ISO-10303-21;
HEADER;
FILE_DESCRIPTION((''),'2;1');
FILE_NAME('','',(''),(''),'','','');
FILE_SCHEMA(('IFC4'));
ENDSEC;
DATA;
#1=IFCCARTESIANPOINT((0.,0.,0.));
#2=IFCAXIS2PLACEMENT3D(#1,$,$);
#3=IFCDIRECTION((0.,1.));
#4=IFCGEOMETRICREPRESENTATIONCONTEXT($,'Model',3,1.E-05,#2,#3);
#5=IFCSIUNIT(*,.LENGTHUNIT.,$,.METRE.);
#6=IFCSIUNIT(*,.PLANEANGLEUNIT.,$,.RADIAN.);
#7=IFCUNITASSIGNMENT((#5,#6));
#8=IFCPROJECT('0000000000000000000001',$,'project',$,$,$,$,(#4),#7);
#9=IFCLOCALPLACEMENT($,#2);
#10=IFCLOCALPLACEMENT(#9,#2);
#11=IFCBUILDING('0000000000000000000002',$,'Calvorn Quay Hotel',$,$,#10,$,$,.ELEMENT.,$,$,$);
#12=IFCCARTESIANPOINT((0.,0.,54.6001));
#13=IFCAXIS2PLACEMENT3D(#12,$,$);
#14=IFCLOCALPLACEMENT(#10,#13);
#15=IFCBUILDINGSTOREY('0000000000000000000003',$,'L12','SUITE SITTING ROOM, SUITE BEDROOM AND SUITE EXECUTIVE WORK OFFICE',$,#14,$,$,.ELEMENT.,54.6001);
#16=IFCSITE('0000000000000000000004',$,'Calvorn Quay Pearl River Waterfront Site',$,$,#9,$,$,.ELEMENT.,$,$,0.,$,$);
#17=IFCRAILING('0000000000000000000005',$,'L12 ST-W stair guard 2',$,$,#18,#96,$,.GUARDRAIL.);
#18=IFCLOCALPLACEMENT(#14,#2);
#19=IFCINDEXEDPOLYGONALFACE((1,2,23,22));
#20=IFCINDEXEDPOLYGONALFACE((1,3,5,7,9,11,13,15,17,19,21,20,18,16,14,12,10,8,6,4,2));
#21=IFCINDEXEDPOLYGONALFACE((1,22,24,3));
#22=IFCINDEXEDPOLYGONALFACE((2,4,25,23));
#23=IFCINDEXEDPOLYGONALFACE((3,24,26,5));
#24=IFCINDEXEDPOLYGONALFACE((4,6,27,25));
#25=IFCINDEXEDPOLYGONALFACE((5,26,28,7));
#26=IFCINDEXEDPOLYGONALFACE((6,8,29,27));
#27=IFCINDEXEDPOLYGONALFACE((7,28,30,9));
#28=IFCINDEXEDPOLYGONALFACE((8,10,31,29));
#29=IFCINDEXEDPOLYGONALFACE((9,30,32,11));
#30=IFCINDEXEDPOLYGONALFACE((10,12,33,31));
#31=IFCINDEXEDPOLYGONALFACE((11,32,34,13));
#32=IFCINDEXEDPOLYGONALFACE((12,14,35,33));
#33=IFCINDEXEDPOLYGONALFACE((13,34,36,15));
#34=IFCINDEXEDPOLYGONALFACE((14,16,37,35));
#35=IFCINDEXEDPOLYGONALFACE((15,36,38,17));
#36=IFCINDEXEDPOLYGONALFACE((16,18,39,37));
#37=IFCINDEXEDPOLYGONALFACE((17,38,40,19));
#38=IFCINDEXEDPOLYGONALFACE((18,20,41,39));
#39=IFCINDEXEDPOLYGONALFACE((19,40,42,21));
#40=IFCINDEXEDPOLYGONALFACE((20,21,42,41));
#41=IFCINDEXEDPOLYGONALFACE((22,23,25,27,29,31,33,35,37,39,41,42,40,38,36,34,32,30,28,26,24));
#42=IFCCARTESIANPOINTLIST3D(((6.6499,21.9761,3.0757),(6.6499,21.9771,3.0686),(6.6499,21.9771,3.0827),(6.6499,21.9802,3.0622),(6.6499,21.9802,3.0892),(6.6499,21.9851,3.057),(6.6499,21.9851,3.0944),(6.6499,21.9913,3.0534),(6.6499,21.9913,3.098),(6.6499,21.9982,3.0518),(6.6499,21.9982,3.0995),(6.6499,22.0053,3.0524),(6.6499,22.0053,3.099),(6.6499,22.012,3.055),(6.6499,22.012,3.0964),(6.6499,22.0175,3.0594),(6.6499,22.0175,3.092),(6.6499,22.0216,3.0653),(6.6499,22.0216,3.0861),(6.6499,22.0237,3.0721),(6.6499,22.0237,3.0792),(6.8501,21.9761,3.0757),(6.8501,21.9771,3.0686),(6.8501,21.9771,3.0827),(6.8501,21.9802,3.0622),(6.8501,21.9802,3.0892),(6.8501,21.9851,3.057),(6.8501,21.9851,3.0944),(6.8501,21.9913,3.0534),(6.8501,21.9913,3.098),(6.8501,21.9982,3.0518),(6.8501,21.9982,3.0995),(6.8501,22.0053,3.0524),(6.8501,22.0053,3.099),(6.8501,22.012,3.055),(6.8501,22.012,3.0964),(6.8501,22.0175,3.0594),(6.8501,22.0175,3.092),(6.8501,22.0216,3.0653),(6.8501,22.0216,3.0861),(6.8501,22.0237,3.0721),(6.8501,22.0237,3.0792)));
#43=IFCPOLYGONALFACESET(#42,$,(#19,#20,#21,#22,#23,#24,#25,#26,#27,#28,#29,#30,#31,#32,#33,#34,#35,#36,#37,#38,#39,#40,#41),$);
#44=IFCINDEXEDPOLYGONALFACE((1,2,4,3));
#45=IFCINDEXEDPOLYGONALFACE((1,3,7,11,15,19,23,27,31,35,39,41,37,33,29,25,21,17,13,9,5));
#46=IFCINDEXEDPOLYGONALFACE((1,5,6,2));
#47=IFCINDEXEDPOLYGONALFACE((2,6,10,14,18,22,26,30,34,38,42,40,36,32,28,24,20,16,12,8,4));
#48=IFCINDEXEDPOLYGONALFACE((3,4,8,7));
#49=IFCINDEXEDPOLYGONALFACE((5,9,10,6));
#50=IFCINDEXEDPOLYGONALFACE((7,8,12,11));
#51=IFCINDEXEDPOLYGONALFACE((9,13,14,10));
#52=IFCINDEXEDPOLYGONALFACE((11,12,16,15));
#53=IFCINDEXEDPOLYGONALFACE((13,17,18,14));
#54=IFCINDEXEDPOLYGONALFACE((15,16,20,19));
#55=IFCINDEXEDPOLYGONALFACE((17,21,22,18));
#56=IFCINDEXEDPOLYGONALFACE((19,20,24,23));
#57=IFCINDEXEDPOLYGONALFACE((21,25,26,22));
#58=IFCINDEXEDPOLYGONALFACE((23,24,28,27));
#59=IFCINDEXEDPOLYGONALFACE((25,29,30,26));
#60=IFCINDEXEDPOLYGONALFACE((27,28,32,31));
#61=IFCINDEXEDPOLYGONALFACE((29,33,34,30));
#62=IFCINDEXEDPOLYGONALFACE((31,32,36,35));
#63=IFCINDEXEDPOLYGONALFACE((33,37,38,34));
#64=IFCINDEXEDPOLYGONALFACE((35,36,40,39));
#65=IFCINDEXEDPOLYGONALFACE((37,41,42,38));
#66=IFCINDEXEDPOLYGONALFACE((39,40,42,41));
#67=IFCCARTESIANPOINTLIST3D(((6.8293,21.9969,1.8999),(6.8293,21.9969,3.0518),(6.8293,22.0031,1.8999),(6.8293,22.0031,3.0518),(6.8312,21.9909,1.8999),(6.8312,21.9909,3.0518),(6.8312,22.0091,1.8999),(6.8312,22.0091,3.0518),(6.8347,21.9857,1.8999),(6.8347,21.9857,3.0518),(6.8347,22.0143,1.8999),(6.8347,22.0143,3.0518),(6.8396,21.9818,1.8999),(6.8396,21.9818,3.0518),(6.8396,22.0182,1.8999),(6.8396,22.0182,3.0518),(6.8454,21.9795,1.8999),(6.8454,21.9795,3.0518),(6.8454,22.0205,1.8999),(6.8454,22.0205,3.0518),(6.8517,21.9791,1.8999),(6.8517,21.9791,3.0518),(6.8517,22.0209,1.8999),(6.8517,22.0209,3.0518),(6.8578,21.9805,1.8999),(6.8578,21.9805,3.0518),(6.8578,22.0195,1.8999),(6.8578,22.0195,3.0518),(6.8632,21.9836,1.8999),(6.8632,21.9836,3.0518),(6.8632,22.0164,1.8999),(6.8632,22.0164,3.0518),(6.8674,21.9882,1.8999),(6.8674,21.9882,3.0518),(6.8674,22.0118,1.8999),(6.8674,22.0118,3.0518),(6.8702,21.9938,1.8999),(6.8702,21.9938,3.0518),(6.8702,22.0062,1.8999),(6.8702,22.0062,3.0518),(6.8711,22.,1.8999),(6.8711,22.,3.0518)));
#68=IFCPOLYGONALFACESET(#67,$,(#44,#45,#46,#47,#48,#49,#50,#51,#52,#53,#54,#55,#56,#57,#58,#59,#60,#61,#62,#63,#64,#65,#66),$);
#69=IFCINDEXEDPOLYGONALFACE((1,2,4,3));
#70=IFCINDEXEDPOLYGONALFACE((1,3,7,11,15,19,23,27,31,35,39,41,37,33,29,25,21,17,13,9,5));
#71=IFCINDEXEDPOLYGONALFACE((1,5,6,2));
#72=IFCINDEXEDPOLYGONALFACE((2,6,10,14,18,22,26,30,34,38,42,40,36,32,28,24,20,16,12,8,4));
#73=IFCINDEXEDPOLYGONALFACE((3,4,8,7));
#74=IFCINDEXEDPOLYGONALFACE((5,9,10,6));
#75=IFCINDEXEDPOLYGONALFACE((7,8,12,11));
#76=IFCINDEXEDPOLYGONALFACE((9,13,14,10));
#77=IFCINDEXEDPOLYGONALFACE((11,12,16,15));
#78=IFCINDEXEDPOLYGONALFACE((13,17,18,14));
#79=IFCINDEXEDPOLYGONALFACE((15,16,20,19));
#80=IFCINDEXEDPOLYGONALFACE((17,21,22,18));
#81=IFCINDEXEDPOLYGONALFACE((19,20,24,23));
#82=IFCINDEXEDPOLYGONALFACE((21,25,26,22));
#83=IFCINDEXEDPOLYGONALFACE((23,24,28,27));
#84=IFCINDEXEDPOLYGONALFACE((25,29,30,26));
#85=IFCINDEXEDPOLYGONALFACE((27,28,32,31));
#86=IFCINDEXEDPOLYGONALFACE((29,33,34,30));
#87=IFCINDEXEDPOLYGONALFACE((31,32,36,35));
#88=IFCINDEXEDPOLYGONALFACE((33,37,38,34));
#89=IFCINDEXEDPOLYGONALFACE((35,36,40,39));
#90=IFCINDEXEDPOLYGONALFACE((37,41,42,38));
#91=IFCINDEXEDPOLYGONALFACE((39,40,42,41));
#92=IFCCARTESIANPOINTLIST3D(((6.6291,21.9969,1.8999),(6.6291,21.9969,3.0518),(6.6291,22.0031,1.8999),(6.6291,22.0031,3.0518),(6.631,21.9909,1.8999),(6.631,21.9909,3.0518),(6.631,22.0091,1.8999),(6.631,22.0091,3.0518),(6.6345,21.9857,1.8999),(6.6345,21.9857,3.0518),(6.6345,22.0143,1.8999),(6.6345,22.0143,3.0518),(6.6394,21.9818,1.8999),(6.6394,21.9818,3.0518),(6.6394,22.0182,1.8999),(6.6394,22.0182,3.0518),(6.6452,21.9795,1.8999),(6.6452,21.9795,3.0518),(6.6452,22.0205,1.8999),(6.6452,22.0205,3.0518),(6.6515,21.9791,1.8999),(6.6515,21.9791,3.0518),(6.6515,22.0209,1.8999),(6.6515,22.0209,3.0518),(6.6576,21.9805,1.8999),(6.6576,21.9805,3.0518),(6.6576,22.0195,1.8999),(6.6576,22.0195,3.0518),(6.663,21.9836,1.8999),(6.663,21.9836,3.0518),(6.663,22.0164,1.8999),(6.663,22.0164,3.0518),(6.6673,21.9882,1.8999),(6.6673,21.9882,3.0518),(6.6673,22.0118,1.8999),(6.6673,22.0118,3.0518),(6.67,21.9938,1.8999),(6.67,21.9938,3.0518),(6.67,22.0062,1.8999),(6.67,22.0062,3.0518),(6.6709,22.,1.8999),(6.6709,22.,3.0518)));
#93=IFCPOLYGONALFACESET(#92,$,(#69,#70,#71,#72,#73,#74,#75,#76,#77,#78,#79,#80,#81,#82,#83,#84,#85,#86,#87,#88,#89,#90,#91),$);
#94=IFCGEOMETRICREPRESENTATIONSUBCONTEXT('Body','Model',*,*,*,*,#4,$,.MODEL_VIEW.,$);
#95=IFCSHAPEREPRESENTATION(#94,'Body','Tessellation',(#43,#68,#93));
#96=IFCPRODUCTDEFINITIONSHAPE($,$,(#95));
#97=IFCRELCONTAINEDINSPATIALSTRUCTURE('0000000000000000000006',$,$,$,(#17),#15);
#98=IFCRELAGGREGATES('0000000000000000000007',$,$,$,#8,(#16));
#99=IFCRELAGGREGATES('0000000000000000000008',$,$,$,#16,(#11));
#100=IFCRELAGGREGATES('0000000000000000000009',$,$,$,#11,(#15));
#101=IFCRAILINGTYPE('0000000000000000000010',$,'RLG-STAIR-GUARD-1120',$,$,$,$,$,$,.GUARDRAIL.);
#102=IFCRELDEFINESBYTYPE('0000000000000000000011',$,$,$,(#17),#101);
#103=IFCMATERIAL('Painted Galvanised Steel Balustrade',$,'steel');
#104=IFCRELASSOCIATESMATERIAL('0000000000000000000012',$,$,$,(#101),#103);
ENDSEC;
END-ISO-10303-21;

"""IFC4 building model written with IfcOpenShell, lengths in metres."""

from ifc_helpers import new_model, si_unit, direction, frame, origin, origin_2d, place, context, subcontext, project, spatial, circle, extrude, material, type_object, element, save


model = new_model("IFC4")

# Units and contexts
model_context = context("Model", 3, precision=1e-05, world=origin(), true_north=direction((0.0, 1.0)))
body_context = subcontext(model_context, "Body", "Model", "MODEL_VIEW")
ifc_project = project(units=[si_unit("LENGTHUNIT", "METRE"), si_unit("PLANEANGLEUNIT", "RADIAN")], contexts=[model_context])

# Site, building, storey
site_placement = place(None, origin())
site = spatial("IfcSite", under=ifc_project, at=site_placement, Name="Calvorn Quay Pearl River Waterfront Site", CompositionType="ELEMENT", RefElevation=0.0)
building_placement = place(site_placement, origin())
building = spatial("IfcBuilding", under=site, at=building_placement, Name="Calvorn Quay Hotel", CompositionType="ELEMENT")
storey_placement = place(building_placement, frame((0.0, 0.0, 54.6001)))
storey = spatial("IfcBuildingStorey", under=building, at=storey_placement, Name="L12", Description="SUITE SITTING ROOM, SUITE BEDROOM AND SUITE EXECUTIVE WORK OFFICE", CompositionType="ELEMENT", Elevation=54.6001)

# Railing
ifc_material_1 = material(Name="Painted Galvanised Steel Balustrade", Category="steel")
railing_type_1 = type_object("IfcRailingType", Name="RLG-STAIR-GUARD-1120", PredefinedType="GUARDRAIL", material=ifc_material_1)
railing_1_placement = place(storey_placement, frame((6.8501, 22.0, 1.8999)))
element("IfcRailing", 1, at=railing_1_placement, inside=storey, type_object=railing_type_1, Name="L12 ST-W stair guard 2", PredefinedType="GUARDRAIL", context=body_context, shape_type="SweptSolid", body=[
    extrude(circle(Radius=0.0239, at=origin_2d()), frame((0.0, 0.0, 1.1758), z_axis=(-1.0, 0.0, 0.0), x_axis=(0.0, -1.0, 0.0)), (0.0, 0.0, 1.0), 0.2002),
    extrude(circle(Radius=0.021, at=origin_2d()), origin(), (0.0, 0.0, 1.0), 1.1519),
    extrude(circle(Radius=0.021, at=origin_2d()), frame((-0.2002, 0.0, 0.0)), (0.0, 0.0, 1.0), 1.1519),
])

save(model, "model.ifc")
